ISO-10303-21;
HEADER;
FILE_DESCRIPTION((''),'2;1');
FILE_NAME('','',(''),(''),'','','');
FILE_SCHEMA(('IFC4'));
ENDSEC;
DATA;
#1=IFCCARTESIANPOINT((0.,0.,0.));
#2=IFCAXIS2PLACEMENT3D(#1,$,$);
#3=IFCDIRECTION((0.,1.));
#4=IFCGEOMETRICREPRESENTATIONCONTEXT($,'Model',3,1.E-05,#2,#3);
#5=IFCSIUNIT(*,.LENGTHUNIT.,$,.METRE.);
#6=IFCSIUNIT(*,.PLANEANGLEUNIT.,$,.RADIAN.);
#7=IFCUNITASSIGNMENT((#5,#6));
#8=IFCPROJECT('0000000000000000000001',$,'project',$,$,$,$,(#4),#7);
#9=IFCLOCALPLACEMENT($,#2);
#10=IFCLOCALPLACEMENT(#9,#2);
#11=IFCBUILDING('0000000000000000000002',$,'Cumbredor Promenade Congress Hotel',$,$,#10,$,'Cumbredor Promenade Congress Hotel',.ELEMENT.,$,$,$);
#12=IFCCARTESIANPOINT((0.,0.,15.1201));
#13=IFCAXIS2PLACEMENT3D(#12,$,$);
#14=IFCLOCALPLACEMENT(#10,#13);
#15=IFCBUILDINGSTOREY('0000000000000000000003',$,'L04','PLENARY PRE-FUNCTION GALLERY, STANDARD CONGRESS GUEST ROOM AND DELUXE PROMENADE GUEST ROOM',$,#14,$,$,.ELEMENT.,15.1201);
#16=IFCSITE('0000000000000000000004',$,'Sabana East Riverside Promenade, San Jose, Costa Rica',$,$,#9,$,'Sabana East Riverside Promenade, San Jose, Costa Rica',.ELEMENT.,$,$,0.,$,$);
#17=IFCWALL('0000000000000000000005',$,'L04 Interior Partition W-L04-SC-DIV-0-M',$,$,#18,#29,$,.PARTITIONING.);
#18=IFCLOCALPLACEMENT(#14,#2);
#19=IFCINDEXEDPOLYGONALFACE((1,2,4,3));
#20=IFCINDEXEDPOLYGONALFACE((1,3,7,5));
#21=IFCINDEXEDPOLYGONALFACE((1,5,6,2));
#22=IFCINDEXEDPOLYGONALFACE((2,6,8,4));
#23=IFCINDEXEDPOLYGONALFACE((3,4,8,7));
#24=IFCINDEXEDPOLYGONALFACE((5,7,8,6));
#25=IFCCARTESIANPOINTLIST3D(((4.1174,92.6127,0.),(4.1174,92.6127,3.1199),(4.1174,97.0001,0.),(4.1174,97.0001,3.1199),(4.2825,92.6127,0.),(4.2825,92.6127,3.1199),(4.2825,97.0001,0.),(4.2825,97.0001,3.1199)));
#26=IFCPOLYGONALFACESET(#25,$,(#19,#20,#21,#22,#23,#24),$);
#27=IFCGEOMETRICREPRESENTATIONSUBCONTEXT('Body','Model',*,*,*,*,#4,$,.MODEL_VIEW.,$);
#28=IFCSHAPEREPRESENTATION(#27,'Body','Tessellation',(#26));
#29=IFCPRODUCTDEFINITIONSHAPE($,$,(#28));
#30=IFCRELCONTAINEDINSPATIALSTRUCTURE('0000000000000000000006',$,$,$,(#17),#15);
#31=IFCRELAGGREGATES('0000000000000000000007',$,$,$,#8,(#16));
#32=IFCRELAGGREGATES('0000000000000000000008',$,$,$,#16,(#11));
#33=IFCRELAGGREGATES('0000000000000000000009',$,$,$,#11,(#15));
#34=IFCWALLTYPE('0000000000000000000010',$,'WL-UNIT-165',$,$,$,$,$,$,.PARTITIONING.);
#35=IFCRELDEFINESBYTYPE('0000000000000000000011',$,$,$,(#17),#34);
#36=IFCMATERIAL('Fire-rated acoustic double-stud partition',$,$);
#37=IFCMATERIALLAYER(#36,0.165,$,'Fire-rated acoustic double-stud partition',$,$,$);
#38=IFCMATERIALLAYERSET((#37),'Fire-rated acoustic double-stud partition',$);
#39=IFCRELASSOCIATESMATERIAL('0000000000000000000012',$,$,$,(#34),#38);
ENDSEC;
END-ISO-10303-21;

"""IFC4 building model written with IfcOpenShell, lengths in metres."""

from ifc_helpers import new_model, si_unit, direction, frame, frame_2d, origin, place, context, subcontext, project, spatial, rectangle, extrude, material, layer, layer_set, type_object, element, save


model = new_model("IFC4")

# Units and contexts
model_context = context("Model", 3, precision=1e-05, world=origin(), true_north=direction((0.0, 1.0)))
body_context = subcontext(model_context, "Body", "Model", "MODEL_VIEW")
ifc_project = project(units=[si_unit("LENGTHUNIT", "METRE"), si_unit("PLANEANGLEUNIT", "RADIAN")], contexts=[model_context])

# Site, building, storey
site_placement = place(None, origin())
site = spatial("IfcSite", under=ifc_project, at=site_placement, Name="Sabana East Riverside Promenade, San Jose, Costa Rica", LongName="Sabana East Riverside Promenade, San Jose, Costa Rica", CompositionType="ELEMENT", RefElevation=0.0)
building_placement = place(site_placement, origin())
building = spatial("IfcBuilding", under=site, at=building_placement, Name="Cumbredor Promenade Congress Hotel", LongName="Cumbredor Promenade Congress Hotel", CompositionType="ELEMENT")
storey_placement = place(building_placement, frame((0.0, 0.0, 15.1201)))
storey = spatial("IfcBuildingStorey", under=building, at=storey_placement, Name="L04", Description="PLENARY PRE-FUNCTION GALLERY, STANDARD CONGRESS GUEST ROOM AND DELUXE PROMENADE GUEST ROOM", CompositionType="ELEMENT", Elevation=15.1201)

# Wall
ifc_material_1 = material(Name="Fire-rated acoustic double-stud partition")
ifc_layer_1 = layer(ifc_material_1, 0.165, Name="Fire-rated acoustic double-stud partition")
ifc_layer_set_1 = layer_set([ifc_layer_1], Name="Fire-rated acoustic double-stud partition")
wall_type_1 = type_object("IfcWallType", Name="WL-UNIT-165", PredefinedType="PARTITIONING", material=ifc_layer_set_1)
wall_1_placement = place(storey_placement, frame((4.2, 92.6125, 0.0), z_axis=(0.0, 0.0, 1.0), x_axis=(0.0, 1.0, 0.0)))
element("IfcWall", 1, at=wall_1_placement, inside=storey, type_object=wall_type_1, Name="L04 Interior Partition W-L04-SC-DIV-0-M", PredefinedType="PARTITIONING", context=body_context, shape_type="SweptSolid", body=[
    extrude(rectangle(XDim=4.3875, YDim=0.165, at=frame_2d((2.1938, 0.0))), origin(), (0.0, 0.0, 1.0), 3.1199),
])

save(model, "model.ifc")
